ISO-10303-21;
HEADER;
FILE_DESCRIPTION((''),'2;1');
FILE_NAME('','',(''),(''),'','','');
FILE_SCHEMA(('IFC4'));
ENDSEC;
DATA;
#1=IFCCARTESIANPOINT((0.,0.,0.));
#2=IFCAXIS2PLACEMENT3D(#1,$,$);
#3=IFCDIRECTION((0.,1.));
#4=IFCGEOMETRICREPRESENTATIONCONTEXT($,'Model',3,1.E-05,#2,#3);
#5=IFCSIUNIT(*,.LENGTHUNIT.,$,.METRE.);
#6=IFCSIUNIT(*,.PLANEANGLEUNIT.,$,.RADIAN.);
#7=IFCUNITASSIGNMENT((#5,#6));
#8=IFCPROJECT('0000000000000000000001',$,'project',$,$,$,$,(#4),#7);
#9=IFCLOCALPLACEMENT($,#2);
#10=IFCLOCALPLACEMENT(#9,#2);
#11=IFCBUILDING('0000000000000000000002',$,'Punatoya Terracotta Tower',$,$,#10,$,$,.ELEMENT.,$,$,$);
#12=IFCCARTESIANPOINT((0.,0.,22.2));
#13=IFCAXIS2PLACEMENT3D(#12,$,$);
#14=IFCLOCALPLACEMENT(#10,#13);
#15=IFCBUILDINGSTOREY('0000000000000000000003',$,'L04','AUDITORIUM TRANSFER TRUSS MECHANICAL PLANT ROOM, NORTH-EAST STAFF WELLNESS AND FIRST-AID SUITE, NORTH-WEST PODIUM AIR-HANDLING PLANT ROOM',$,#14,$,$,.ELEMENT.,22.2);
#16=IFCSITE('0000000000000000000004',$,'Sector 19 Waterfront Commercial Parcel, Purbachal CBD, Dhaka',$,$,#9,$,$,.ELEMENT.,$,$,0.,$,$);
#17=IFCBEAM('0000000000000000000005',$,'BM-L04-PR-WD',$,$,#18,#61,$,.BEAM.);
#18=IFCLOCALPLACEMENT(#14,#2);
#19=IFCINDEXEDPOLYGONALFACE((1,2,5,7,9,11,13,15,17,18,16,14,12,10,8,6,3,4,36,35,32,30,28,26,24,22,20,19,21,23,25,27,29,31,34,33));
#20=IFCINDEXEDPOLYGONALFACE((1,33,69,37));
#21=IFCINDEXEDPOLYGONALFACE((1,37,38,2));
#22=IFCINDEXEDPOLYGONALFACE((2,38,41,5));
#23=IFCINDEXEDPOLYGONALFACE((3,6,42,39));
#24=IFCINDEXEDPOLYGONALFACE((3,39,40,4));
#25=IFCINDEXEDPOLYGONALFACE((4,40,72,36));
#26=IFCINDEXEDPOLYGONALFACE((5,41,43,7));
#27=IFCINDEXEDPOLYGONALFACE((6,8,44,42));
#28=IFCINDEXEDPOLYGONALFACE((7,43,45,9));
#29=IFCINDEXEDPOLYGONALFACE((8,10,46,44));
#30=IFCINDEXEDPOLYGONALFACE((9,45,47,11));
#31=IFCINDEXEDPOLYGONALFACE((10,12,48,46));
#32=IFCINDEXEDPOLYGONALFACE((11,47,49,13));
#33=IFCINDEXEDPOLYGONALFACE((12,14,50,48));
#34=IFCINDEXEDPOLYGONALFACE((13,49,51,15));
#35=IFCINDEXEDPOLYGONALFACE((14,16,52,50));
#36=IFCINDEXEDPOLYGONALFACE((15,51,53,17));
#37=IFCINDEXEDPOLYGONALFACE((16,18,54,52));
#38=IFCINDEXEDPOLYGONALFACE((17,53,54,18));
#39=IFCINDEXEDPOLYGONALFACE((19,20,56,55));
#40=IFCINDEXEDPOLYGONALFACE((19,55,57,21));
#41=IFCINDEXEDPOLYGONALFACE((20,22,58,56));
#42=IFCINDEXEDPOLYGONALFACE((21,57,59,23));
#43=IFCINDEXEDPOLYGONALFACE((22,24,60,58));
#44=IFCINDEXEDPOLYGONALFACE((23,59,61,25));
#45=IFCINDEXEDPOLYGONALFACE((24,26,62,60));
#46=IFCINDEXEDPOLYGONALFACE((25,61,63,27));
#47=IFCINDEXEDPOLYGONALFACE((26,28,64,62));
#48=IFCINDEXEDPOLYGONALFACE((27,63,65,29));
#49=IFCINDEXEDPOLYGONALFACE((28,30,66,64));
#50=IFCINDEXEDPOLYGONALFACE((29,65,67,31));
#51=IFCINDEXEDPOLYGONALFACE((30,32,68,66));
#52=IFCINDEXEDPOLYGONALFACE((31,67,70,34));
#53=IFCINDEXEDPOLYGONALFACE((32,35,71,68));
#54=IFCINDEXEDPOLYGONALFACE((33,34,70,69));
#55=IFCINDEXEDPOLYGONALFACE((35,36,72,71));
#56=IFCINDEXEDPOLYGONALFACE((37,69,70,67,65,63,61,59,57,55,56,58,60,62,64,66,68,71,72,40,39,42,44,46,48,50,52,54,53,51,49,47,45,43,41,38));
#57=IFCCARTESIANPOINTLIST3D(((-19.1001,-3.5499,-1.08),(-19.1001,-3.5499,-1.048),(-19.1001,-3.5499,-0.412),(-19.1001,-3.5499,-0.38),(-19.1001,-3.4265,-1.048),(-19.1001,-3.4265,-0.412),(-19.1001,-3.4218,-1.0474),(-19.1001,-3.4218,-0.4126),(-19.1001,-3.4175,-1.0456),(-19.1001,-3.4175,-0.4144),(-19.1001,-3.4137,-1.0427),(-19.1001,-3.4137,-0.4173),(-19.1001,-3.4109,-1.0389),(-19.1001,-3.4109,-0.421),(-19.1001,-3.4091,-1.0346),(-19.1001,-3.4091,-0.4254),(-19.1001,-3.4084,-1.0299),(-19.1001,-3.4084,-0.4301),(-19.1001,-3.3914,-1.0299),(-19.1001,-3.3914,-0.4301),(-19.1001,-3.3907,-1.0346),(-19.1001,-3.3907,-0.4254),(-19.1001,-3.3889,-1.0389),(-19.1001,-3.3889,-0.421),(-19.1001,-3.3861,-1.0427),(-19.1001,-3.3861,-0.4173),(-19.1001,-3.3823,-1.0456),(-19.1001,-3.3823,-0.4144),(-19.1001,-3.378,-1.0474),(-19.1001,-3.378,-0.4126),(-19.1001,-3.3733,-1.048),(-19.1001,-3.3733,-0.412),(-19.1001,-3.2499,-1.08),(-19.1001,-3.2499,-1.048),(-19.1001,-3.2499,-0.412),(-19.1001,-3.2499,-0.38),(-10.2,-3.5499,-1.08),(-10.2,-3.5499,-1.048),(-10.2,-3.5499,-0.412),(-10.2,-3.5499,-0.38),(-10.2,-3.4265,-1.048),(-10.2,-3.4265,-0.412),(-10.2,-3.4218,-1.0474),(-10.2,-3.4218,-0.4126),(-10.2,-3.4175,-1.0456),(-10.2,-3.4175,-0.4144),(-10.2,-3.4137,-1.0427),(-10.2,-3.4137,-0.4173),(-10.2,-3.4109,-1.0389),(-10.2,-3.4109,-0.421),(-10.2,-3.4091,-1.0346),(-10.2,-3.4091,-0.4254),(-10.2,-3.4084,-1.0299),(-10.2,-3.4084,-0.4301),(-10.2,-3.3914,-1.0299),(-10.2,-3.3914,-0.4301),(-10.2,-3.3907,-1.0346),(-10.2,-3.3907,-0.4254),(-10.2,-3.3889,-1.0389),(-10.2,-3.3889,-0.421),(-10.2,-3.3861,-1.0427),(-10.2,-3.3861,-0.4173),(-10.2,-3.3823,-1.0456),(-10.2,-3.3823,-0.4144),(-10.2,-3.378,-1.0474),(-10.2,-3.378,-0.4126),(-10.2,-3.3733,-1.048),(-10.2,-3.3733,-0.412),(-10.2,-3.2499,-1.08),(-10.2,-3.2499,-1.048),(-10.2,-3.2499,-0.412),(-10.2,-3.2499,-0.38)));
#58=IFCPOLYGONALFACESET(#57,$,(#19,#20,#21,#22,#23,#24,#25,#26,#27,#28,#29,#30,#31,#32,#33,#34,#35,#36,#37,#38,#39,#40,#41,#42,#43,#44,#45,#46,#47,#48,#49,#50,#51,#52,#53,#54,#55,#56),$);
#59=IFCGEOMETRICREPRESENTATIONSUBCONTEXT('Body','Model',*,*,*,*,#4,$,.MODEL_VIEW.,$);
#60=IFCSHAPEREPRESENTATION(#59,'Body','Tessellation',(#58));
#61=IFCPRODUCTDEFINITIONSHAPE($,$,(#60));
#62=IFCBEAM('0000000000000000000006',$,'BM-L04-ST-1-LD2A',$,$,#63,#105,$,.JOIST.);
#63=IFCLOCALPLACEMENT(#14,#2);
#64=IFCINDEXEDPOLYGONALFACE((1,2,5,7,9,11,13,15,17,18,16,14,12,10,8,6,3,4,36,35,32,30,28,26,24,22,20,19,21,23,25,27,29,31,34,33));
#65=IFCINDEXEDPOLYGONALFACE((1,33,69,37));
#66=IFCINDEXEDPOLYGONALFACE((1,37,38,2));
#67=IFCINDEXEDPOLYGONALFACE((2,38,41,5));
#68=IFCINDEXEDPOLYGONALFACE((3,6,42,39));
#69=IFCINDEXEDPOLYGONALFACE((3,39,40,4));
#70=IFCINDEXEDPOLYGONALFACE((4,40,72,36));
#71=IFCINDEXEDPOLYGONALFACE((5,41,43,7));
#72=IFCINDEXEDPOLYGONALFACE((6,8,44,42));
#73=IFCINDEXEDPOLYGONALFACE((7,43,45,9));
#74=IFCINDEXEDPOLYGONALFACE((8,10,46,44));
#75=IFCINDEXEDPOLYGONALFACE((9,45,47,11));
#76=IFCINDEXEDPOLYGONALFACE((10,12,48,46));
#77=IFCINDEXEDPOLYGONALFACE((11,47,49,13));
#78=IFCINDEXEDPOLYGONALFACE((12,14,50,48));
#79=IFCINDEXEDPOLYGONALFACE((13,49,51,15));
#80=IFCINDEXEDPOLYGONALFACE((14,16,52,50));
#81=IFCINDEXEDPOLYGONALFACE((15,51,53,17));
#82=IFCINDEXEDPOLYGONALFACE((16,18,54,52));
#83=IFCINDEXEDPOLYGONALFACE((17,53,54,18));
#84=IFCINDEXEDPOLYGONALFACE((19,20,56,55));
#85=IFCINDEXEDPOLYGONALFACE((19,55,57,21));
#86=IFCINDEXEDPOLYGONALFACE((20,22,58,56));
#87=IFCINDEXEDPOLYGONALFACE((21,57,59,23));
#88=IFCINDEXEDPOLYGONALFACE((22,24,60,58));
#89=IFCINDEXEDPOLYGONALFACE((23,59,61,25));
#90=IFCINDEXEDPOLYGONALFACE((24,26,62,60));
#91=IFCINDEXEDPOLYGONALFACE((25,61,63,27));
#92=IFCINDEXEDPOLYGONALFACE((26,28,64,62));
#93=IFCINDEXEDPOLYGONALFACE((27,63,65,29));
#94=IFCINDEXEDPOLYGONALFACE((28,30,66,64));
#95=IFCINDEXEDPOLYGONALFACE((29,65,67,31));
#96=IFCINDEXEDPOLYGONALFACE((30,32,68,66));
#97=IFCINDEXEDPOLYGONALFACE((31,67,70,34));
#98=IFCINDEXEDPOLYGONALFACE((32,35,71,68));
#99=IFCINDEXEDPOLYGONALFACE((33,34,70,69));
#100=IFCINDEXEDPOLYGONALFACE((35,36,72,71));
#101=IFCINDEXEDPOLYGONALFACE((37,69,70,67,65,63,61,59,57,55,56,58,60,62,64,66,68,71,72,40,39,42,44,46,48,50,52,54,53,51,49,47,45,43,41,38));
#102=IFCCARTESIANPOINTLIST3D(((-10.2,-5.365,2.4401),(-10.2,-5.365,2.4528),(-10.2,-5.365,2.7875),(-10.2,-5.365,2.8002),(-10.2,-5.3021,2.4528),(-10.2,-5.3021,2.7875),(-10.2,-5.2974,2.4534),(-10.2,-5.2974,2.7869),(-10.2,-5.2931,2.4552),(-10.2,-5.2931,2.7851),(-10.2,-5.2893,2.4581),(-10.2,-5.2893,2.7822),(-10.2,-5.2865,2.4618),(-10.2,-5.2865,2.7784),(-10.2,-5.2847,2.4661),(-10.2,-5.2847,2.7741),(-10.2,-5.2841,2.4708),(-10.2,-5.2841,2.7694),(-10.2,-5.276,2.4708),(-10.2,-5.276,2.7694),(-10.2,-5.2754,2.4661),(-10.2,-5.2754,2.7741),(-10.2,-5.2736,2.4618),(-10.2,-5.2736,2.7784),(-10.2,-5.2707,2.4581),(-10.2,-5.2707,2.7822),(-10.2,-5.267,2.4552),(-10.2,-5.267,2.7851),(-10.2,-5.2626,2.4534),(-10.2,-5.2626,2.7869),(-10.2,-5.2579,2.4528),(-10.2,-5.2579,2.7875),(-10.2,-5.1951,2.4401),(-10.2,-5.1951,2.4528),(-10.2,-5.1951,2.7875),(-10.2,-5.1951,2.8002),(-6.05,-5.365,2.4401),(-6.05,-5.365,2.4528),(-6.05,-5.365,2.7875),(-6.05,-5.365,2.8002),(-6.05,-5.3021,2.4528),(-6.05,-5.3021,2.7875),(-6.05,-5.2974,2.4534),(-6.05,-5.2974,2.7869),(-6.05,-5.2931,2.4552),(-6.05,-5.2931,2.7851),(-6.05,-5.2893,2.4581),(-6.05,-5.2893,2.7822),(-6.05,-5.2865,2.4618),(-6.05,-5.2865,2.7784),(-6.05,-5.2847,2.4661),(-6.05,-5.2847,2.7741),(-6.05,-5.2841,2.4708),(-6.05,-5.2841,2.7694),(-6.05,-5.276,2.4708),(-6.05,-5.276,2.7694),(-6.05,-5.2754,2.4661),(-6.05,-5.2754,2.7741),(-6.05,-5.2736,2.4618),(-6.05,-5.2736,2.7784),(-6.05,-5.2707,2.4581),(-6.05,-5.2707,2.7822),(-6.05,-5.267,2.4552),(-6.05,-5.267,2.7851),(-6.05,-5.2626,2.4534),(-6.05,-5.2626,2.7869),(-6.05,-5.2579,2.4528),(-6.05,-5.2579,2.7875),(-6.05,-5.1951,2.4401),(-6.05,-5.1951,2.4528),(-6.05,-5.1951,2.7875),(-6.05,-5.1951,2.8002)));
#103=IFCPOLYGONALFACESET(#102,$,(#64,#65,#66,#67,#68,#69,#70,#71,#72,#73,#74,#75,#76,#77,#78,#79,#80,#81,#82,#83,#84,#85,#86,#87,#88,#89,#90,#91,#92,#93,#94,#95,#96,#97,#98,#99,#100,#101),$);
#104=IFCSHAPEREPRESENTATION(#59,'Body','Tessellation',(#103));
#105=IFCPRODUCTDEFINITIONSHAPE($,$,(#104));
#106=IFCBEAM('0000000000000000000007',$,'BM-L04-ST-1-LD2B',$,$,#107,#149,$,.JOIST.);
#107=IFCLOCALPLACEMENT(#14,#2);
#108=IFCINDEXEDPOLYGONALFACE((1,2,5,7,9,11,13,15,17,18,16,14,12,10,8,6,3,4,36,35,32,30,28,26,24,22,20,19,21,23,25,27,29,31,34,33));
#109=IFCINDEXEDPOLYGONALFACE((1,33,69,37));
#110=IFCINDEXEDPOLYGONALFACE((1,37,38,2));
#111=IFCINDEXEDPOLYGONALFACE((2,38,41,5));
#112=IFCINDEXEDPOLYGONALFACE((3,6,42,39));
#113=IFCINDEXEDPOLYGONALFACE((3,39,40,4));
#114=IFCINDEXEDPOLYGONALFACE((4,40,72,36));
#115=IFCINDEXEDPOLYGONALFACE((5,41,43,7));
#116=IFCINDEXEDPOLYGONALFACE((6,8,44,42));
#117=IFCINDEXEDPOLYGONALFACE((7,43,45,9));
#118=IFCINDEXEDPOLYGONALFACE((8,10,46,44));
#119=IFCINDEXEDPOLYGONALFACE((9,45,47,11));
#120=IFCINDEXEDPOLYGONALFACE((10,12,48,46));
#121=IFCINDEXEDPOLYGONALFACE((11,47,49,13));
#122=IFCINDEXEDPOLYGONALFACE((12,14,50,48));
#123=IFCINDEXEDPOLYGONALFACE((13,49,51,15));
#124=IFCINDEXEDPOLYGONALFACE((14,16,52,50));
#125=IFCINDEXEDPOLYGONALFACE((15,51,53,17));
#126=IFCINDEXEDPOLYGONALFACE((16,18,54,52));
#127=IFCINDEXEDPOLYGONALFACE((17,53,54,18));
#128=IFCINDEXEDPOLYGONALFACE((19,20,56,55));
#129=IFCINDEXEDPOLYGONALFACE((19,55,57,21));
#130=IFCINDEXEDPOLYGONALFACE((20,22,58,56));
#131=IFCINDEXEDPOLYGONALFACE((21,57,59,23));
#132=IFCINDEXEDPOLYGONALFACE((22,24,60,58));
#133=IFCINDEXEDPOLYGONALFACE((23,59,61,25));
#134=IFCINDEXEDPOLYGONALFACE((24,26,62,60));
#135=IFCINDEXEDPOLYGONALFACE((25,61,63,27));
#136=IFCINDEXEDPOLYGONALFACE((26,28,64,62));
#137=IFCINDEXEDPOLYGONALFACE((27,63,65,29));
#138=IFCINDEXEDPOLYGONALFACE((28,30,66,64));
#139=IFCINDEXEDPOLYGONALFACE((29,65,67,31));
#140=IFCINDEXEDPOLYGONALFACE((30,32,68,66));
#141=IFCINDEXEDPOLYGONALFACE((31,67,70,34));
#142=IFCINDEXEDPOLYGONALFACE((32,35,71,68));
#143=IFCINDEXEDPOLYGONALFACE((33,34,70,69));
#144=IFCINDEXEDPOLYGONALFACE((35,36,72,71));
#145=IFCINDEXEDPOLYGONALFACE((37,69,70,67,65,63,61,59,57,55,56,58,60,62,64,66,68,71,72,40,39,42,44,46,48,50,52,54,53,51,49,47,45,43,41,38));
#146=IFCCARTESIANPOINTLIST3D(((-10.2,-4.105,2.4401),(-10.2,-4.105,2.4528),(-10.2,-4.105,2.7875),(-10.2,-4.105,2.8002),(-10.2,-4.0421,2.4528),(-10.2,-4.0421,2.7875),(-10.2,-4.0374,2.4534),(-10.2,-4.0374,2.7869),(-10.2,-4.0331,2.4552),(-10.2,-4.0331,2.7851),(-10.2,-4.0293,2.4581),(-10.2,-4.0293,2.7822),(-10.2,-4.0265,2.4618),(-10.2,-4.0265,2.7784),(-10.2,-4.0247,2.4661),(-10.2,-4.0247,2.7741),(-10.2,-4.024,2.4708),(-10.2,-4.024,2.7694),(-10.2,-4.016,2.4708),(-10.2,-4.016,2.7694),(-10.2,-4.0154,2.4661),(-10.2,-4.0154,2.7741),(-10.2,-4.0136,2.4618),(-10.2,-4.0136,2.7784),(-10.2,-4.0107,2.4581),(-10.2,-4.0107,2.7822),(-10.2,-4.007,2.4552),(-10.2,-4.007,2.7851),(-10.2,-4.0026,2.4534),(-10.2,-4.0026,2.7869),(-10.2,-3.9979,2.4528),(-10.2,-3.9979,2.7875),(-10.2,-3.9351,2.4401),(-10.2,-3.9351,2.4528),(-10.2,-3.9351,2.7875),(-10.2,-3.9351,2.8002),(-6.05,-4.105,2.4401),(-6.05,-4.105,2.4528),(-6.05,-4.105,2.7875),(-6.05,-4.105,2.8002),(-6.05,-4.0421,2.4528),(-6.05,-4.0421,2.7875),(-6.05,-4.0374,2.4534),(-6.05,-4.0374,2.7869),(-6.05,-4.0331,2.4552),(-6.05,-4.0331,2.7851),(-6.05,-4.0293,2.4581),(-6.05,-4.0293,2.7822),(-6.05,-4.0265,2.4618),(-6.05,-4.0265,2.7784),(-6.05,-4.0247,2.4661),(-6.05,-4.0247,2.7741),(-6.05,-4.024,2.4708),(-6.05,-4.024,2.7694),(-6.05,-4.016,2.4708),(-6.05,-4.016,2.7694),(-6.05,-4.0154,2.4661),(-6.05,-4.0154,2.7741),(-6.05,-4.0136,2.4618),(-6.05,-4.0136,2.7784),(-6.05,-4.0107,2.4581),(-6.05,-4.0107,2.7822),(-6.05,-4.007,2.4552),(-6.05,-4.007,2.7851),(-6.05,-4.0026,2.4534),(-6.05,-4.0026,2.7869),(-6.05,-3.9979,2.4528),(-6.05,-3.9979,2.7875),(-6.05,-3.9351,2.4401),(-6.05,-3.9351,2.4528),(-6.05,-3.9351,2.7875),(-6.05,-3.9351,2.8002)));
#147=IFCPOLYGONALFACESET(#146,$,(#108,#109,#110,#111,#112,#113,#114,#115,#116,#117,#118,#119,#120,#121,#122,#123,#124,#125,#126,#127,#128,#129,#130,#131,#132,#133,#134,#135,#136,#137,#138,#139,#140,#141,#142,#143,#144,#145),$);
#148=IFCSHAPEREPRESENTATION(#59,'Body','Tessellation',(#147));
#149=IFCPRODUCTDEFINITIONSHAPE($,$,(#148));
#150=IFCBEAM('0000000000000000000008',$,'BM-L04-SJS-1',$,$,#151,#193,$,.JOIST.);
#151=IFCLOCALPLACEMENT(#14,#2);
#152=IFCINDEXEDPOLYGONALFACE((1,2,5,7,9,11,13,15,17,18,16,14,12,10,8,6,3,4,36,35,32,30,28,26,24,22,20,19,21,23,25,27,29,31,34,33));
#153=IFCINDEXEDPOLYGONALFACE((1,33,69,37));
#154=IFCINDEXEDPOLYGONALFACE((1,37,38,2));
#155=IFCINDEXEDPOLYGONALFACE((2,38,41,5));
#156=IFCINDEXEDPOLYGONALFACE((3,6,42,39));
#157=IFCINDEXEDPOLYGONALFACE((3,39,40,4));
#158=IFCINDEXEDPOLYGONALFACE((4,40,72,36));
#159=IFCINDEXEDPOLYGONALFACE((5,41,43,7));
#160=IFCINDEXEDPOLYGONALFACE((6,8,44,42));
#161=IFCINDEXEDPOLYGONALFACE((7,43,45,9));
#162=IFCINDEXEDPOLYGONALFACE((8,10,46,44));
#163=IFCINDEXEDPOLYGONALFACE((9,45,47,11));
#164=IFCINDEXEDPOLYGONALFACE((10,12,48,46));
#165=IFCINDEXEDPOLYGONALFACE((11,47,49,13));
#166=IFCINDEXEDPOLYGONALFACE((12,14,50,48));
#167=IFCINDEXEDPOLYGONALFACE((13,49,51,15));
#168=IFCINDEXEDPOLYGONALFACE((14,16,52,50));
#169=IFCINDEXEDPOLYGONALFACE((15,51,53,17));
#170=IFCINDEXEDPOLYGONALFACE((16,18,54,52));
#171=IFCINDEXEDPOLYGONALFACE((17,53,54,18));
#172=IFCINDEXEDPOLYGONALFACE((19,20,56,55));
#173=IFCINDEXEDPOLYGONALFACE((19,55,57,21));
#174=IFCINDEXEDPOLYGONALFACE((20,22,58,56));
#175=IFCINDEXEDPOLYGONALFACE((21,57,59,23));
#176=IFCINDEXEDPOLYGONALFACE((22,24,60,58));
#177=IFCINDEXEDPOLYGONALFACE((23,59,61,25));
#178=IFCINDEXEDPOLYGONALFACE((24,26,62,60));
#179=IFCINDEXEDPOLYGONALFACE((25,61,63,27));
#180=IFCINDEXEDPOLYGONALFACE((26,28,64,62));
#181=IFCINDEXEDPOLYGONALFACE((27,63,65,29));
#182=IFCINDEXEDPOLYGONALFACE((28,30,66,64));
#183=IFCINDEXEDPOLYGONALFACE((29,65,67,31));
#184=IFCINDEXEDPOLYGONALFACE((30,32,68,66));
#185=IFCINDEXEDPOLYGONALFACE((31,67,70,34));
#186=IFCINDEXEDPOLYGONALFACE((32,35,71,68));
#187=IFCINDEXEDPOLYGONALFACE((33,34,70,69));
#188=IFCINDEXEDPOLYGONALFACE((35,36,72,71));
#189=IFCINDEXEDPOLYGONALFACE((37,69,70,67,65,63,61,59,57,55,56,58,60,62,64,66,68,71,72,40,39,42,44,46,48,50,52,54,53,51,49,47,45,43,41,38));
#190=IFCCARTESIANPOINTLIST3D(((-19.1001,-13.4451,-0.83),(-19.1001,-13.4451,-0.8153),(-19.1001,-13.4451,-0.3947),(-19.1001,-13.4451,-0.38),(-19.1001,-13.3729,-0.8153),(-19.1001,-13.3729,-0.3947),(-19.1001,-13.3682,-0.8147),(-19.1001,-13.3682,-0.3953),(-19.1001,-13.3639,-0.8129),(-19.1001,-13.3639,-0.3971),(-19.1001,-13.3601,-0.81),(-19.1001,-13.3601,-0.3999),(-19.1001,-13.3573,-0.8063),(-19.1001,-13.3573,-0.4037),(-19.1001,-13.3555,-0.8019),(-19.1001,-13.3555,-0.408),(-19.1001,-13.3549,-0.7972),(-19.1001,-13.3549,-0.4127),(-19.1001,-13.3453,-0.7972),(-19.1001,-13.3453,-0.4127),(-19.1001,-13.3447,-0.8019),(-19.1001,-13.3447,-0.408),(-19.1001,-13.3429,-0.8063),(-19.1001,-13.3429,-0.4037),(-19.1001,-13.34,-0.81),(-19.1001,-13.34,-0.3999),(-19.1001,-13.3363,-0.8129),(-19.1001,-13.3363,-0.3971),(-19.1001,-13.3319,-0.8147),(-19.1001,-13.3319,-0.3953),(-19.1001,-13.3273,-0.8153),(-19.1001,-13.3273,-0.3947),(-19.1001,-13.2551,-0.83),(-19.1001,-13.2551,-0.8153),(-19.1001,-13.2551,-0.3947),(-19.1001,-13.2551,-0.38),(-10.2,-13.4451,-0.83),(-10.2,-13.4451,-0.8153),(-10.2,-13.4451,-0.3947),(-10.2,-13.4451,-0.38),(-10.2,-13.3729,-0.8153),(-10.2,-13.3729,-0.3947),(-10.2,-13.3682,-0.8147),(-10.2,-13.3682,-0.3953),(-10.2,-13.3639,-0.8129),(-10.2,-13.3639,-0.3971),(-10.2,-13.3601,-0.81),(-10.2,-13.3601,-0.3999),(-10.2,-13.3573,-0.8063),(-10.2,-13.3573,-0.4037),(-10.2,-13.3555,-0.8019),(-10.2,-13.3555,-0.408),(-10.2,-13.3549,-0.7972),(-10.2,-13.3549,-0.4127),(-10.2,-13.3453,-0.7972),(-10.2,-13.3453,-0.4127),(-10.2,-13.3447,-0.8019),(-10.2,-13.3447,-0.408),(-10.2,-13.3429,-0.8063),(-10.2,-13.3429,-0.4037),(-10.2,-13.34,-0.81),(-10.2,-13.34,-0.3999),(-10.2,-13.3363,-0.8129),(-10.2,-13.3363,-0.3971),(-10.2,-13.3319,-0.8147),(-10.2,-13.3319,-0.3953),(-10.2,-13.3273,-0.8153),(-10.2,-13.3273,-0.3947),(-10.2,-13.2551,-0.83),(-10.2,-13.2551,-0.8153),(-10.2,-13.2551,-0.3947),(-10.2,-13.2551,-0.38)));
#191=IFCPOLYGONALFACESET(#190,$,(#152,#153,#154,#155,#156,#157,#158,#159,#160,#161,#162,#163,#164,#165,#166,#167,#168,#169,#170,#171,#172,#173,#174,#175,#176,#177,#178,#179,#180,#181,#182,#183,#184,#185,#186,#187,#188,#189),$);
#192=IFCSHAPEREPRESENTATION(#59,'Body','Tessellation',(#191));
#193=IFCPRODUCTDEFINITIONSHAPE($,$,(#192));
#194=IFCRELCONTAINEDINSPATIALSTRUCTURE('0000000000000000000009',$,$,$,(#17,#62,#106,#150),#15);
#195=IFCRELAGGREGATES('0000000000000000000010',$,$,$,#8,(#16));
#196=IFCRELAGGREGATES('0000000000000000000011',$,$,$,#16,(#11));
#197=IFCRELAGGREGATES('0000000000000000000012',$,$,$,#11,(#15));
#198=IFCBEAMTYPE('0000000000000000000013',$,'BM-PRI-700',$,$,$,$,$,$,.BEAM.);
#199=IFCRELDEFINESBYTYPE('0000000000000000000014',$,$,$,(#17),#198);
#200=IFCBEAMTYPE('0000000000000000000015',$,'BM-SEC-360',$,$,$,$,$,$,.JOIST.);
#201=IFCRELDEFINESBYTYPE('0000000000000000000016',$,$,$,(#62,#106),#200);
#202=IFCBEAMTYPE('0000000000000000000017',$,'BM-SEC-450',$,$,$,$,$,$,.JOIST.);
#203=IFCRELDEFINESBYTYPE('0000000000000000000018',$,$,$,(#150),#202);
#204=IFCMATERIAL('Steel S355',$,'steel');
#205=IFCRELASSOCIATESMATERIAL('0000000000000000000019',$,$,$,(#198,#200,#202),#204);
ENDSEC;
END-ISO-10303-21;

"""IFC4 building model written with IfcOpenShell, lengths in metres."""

from ifc_helpers import new_model, si_unit, direction, frame, origin, origin_2d, place, context, subcontext, project, spatial, i_section, extrude, material, material_profile, profile_set, type_object, element, save


model = new_model("IFC4")

# Units and contexts
model_context = context("Model", 3, precision=1e-05, world=origin(), true_north=direction((0.0, 1.0)))
body_context = subcontext(model_context, "Body", "Model", "MODEL_VIEW")
ifc_project = project(units=[si_unit("LENGTHUNIT", "METRE"), si_unit("PLANEANGLEUNIT", "RADIAN")], contexts=[model_context])

# Site, building, storey
site_placement = place(None, origin())
site = spatial("IfcSite", under=ifc_project, at=site_placement, Name="Sector 19 Waterfront Commercial Parcel, Purbachal CBD, Dhaka", CompositionType="ELEMENT", RefElevation=0.0)
building_placement = place(site_placement, origin())
building = spatial("IfcBuilding", under=site, at=building_placement, Name="Punatoya Terracotta Tower", CompositionType="ELEMENT")
storey_placement = place(building_placement, frame((0.0, 0.0, 22.2)))
storey = spatial("IfcBuildingStorey", under=building, at=storey_placement, Name="L04", Description="AUDITORIUM TRANSFER TRUSS MECHANICAL PLANT ROOM, NORTH-EAST STAFF WELLNESS AND FIRST-AID SUITE, NORTH-WEST PODIUM AIR-HANDLING PLANT ROOM", CompositionType="ELEMENT", Elevation=22.2)

# Beams
ifc_material_1 = material(Name="Steel S355", Category="steel")
ifc_material_profile_1 = material_profile(ifc_material_1, i_section(OverallWidth=0.3, OverallDepth=0.7, WebThickness=0.0171, FlangeThickness=0.032, FilletRadius=0.0181, at=origin_2d()))
ifc_profile_set_1 = profile_set([ifc_material_profile_1], Name="Steel S355")
beam_type_1 = type_object("IfcBeamType", Name="BM-PRI-700", PredefinedType="BEAM", material=ifc_profile_set_1)
for number, where, z_axis, x_axis, name in (
    (1, (-19.1001, -3.3999, -0.73), (1.0, 0.0, 0.0), (0.0, 1.0, 0.0), "BM-L04-PR-WD"),
):
    element("IfcBeam", number, at=place(storey_placement, frame(where, z_axis=z_axis, x_axis=x_axis)), inside=storey, type_object=beam_type_1, Name=name, PredefinedType="BEAM", context=body_context, shape_type="SweptSolid", body=[
        extrude(i_section(OverallWidth=0.3, OverallDepth=0.7, WebThickness=0.0171, FlangeThickness=0.032, FilletRadius=0.0181, at=origin_2d()), origin(), (0.0, 0.0, 1.0), 8.9001),
    ])
ifc_material_profile_2 = material_profile(ifc_material_1, i_section(OverallWidth=0.1699, OverallDepth=0.3601, WebThickness=0.0081, FlangeThickness=0.0127, FilletRadius=0.0181, at=origin_2d()))
ifc_profile_set_2 = profile_set([ifc_material_profile_2], Name="Steel S355")
beam_type_2 = type_object("IfcBeamType", Name="BM-SEC-360", PredefinedType="JOIST", material=ifc_profile_set_2)
for number, where, z_axis, x_axis, name in (
    (2, (-10.2, -5.28, 2.6201), (1.0, 0.0, 0.0), (0.0, 1.0, 0.0), "BM-L04-ST-1-LD2A"),
    (3, (-10.2, -4.02, 2.6201), (1.0, 0.0, 0.0), (0.0, 1.0, 0.0), "BM-L04-ST-1-LD2B"),
):
    element("IfcBeam", number, at=place(storey_placement, frame(where, z_axis=z_axis, x_axis=x_axis)), inside=storey, type_object=beam_type_2, Name=name, PredefinedType="JOIST", context=body_context, shape_type="SweptSolid", body=[
        extrude(i_section(OverallWidth=0.1699, OverallDepth=0.3601, WebThickness=0.0081, FlangeThickness=0.0127, FilletRadius=0.0181, at=origin_2d()), origin(), (0.0, 0.0, 1.0), 4.1499),
    ])
ifc_material_profile_3 = material_profile(ifc_material_1, i_section(OverallWidth=0.1899, OverallDepth=0.45, WebThickness=0.0095, FlangeThickness=0.0146, FilletRadius=0.0181, at=origin_2d()))
ifc_profile_set_3 = profile_set([ifc_material_profile_3], Name="Steel S355")
beam_type_3 = type_object("IfcBeamType", Name="BM-SEC-450", PredefinedType="JOIST", material=ifc_profile_set_3)
beam_1_placement = place(storey_placement, frame((-19.1001, -13.3501, -0.605), z_axis=(1.0, 0.0, 0.0), x_axis=(0.0, 1.0, 0.0)))
element("IfcBeam", 4, at=beam_1_placement, inside=storey, type_object=beam_type_3, Name="BM-L04-SJS-1", PredefinedType="JOIST", context=body_context, shape_type="SweptSolid", body=[
    extrude(i_section(OverallWidth=0.1899, OverallDepth=0.45, WebThickness=0.0095, FlangeThickness=0.0146, FilletRadius=0.0181, at=origin_2d()), origin(), (0.0, 0.0, 1.0), 8.9001),
])

save(model, "model.ifc")
